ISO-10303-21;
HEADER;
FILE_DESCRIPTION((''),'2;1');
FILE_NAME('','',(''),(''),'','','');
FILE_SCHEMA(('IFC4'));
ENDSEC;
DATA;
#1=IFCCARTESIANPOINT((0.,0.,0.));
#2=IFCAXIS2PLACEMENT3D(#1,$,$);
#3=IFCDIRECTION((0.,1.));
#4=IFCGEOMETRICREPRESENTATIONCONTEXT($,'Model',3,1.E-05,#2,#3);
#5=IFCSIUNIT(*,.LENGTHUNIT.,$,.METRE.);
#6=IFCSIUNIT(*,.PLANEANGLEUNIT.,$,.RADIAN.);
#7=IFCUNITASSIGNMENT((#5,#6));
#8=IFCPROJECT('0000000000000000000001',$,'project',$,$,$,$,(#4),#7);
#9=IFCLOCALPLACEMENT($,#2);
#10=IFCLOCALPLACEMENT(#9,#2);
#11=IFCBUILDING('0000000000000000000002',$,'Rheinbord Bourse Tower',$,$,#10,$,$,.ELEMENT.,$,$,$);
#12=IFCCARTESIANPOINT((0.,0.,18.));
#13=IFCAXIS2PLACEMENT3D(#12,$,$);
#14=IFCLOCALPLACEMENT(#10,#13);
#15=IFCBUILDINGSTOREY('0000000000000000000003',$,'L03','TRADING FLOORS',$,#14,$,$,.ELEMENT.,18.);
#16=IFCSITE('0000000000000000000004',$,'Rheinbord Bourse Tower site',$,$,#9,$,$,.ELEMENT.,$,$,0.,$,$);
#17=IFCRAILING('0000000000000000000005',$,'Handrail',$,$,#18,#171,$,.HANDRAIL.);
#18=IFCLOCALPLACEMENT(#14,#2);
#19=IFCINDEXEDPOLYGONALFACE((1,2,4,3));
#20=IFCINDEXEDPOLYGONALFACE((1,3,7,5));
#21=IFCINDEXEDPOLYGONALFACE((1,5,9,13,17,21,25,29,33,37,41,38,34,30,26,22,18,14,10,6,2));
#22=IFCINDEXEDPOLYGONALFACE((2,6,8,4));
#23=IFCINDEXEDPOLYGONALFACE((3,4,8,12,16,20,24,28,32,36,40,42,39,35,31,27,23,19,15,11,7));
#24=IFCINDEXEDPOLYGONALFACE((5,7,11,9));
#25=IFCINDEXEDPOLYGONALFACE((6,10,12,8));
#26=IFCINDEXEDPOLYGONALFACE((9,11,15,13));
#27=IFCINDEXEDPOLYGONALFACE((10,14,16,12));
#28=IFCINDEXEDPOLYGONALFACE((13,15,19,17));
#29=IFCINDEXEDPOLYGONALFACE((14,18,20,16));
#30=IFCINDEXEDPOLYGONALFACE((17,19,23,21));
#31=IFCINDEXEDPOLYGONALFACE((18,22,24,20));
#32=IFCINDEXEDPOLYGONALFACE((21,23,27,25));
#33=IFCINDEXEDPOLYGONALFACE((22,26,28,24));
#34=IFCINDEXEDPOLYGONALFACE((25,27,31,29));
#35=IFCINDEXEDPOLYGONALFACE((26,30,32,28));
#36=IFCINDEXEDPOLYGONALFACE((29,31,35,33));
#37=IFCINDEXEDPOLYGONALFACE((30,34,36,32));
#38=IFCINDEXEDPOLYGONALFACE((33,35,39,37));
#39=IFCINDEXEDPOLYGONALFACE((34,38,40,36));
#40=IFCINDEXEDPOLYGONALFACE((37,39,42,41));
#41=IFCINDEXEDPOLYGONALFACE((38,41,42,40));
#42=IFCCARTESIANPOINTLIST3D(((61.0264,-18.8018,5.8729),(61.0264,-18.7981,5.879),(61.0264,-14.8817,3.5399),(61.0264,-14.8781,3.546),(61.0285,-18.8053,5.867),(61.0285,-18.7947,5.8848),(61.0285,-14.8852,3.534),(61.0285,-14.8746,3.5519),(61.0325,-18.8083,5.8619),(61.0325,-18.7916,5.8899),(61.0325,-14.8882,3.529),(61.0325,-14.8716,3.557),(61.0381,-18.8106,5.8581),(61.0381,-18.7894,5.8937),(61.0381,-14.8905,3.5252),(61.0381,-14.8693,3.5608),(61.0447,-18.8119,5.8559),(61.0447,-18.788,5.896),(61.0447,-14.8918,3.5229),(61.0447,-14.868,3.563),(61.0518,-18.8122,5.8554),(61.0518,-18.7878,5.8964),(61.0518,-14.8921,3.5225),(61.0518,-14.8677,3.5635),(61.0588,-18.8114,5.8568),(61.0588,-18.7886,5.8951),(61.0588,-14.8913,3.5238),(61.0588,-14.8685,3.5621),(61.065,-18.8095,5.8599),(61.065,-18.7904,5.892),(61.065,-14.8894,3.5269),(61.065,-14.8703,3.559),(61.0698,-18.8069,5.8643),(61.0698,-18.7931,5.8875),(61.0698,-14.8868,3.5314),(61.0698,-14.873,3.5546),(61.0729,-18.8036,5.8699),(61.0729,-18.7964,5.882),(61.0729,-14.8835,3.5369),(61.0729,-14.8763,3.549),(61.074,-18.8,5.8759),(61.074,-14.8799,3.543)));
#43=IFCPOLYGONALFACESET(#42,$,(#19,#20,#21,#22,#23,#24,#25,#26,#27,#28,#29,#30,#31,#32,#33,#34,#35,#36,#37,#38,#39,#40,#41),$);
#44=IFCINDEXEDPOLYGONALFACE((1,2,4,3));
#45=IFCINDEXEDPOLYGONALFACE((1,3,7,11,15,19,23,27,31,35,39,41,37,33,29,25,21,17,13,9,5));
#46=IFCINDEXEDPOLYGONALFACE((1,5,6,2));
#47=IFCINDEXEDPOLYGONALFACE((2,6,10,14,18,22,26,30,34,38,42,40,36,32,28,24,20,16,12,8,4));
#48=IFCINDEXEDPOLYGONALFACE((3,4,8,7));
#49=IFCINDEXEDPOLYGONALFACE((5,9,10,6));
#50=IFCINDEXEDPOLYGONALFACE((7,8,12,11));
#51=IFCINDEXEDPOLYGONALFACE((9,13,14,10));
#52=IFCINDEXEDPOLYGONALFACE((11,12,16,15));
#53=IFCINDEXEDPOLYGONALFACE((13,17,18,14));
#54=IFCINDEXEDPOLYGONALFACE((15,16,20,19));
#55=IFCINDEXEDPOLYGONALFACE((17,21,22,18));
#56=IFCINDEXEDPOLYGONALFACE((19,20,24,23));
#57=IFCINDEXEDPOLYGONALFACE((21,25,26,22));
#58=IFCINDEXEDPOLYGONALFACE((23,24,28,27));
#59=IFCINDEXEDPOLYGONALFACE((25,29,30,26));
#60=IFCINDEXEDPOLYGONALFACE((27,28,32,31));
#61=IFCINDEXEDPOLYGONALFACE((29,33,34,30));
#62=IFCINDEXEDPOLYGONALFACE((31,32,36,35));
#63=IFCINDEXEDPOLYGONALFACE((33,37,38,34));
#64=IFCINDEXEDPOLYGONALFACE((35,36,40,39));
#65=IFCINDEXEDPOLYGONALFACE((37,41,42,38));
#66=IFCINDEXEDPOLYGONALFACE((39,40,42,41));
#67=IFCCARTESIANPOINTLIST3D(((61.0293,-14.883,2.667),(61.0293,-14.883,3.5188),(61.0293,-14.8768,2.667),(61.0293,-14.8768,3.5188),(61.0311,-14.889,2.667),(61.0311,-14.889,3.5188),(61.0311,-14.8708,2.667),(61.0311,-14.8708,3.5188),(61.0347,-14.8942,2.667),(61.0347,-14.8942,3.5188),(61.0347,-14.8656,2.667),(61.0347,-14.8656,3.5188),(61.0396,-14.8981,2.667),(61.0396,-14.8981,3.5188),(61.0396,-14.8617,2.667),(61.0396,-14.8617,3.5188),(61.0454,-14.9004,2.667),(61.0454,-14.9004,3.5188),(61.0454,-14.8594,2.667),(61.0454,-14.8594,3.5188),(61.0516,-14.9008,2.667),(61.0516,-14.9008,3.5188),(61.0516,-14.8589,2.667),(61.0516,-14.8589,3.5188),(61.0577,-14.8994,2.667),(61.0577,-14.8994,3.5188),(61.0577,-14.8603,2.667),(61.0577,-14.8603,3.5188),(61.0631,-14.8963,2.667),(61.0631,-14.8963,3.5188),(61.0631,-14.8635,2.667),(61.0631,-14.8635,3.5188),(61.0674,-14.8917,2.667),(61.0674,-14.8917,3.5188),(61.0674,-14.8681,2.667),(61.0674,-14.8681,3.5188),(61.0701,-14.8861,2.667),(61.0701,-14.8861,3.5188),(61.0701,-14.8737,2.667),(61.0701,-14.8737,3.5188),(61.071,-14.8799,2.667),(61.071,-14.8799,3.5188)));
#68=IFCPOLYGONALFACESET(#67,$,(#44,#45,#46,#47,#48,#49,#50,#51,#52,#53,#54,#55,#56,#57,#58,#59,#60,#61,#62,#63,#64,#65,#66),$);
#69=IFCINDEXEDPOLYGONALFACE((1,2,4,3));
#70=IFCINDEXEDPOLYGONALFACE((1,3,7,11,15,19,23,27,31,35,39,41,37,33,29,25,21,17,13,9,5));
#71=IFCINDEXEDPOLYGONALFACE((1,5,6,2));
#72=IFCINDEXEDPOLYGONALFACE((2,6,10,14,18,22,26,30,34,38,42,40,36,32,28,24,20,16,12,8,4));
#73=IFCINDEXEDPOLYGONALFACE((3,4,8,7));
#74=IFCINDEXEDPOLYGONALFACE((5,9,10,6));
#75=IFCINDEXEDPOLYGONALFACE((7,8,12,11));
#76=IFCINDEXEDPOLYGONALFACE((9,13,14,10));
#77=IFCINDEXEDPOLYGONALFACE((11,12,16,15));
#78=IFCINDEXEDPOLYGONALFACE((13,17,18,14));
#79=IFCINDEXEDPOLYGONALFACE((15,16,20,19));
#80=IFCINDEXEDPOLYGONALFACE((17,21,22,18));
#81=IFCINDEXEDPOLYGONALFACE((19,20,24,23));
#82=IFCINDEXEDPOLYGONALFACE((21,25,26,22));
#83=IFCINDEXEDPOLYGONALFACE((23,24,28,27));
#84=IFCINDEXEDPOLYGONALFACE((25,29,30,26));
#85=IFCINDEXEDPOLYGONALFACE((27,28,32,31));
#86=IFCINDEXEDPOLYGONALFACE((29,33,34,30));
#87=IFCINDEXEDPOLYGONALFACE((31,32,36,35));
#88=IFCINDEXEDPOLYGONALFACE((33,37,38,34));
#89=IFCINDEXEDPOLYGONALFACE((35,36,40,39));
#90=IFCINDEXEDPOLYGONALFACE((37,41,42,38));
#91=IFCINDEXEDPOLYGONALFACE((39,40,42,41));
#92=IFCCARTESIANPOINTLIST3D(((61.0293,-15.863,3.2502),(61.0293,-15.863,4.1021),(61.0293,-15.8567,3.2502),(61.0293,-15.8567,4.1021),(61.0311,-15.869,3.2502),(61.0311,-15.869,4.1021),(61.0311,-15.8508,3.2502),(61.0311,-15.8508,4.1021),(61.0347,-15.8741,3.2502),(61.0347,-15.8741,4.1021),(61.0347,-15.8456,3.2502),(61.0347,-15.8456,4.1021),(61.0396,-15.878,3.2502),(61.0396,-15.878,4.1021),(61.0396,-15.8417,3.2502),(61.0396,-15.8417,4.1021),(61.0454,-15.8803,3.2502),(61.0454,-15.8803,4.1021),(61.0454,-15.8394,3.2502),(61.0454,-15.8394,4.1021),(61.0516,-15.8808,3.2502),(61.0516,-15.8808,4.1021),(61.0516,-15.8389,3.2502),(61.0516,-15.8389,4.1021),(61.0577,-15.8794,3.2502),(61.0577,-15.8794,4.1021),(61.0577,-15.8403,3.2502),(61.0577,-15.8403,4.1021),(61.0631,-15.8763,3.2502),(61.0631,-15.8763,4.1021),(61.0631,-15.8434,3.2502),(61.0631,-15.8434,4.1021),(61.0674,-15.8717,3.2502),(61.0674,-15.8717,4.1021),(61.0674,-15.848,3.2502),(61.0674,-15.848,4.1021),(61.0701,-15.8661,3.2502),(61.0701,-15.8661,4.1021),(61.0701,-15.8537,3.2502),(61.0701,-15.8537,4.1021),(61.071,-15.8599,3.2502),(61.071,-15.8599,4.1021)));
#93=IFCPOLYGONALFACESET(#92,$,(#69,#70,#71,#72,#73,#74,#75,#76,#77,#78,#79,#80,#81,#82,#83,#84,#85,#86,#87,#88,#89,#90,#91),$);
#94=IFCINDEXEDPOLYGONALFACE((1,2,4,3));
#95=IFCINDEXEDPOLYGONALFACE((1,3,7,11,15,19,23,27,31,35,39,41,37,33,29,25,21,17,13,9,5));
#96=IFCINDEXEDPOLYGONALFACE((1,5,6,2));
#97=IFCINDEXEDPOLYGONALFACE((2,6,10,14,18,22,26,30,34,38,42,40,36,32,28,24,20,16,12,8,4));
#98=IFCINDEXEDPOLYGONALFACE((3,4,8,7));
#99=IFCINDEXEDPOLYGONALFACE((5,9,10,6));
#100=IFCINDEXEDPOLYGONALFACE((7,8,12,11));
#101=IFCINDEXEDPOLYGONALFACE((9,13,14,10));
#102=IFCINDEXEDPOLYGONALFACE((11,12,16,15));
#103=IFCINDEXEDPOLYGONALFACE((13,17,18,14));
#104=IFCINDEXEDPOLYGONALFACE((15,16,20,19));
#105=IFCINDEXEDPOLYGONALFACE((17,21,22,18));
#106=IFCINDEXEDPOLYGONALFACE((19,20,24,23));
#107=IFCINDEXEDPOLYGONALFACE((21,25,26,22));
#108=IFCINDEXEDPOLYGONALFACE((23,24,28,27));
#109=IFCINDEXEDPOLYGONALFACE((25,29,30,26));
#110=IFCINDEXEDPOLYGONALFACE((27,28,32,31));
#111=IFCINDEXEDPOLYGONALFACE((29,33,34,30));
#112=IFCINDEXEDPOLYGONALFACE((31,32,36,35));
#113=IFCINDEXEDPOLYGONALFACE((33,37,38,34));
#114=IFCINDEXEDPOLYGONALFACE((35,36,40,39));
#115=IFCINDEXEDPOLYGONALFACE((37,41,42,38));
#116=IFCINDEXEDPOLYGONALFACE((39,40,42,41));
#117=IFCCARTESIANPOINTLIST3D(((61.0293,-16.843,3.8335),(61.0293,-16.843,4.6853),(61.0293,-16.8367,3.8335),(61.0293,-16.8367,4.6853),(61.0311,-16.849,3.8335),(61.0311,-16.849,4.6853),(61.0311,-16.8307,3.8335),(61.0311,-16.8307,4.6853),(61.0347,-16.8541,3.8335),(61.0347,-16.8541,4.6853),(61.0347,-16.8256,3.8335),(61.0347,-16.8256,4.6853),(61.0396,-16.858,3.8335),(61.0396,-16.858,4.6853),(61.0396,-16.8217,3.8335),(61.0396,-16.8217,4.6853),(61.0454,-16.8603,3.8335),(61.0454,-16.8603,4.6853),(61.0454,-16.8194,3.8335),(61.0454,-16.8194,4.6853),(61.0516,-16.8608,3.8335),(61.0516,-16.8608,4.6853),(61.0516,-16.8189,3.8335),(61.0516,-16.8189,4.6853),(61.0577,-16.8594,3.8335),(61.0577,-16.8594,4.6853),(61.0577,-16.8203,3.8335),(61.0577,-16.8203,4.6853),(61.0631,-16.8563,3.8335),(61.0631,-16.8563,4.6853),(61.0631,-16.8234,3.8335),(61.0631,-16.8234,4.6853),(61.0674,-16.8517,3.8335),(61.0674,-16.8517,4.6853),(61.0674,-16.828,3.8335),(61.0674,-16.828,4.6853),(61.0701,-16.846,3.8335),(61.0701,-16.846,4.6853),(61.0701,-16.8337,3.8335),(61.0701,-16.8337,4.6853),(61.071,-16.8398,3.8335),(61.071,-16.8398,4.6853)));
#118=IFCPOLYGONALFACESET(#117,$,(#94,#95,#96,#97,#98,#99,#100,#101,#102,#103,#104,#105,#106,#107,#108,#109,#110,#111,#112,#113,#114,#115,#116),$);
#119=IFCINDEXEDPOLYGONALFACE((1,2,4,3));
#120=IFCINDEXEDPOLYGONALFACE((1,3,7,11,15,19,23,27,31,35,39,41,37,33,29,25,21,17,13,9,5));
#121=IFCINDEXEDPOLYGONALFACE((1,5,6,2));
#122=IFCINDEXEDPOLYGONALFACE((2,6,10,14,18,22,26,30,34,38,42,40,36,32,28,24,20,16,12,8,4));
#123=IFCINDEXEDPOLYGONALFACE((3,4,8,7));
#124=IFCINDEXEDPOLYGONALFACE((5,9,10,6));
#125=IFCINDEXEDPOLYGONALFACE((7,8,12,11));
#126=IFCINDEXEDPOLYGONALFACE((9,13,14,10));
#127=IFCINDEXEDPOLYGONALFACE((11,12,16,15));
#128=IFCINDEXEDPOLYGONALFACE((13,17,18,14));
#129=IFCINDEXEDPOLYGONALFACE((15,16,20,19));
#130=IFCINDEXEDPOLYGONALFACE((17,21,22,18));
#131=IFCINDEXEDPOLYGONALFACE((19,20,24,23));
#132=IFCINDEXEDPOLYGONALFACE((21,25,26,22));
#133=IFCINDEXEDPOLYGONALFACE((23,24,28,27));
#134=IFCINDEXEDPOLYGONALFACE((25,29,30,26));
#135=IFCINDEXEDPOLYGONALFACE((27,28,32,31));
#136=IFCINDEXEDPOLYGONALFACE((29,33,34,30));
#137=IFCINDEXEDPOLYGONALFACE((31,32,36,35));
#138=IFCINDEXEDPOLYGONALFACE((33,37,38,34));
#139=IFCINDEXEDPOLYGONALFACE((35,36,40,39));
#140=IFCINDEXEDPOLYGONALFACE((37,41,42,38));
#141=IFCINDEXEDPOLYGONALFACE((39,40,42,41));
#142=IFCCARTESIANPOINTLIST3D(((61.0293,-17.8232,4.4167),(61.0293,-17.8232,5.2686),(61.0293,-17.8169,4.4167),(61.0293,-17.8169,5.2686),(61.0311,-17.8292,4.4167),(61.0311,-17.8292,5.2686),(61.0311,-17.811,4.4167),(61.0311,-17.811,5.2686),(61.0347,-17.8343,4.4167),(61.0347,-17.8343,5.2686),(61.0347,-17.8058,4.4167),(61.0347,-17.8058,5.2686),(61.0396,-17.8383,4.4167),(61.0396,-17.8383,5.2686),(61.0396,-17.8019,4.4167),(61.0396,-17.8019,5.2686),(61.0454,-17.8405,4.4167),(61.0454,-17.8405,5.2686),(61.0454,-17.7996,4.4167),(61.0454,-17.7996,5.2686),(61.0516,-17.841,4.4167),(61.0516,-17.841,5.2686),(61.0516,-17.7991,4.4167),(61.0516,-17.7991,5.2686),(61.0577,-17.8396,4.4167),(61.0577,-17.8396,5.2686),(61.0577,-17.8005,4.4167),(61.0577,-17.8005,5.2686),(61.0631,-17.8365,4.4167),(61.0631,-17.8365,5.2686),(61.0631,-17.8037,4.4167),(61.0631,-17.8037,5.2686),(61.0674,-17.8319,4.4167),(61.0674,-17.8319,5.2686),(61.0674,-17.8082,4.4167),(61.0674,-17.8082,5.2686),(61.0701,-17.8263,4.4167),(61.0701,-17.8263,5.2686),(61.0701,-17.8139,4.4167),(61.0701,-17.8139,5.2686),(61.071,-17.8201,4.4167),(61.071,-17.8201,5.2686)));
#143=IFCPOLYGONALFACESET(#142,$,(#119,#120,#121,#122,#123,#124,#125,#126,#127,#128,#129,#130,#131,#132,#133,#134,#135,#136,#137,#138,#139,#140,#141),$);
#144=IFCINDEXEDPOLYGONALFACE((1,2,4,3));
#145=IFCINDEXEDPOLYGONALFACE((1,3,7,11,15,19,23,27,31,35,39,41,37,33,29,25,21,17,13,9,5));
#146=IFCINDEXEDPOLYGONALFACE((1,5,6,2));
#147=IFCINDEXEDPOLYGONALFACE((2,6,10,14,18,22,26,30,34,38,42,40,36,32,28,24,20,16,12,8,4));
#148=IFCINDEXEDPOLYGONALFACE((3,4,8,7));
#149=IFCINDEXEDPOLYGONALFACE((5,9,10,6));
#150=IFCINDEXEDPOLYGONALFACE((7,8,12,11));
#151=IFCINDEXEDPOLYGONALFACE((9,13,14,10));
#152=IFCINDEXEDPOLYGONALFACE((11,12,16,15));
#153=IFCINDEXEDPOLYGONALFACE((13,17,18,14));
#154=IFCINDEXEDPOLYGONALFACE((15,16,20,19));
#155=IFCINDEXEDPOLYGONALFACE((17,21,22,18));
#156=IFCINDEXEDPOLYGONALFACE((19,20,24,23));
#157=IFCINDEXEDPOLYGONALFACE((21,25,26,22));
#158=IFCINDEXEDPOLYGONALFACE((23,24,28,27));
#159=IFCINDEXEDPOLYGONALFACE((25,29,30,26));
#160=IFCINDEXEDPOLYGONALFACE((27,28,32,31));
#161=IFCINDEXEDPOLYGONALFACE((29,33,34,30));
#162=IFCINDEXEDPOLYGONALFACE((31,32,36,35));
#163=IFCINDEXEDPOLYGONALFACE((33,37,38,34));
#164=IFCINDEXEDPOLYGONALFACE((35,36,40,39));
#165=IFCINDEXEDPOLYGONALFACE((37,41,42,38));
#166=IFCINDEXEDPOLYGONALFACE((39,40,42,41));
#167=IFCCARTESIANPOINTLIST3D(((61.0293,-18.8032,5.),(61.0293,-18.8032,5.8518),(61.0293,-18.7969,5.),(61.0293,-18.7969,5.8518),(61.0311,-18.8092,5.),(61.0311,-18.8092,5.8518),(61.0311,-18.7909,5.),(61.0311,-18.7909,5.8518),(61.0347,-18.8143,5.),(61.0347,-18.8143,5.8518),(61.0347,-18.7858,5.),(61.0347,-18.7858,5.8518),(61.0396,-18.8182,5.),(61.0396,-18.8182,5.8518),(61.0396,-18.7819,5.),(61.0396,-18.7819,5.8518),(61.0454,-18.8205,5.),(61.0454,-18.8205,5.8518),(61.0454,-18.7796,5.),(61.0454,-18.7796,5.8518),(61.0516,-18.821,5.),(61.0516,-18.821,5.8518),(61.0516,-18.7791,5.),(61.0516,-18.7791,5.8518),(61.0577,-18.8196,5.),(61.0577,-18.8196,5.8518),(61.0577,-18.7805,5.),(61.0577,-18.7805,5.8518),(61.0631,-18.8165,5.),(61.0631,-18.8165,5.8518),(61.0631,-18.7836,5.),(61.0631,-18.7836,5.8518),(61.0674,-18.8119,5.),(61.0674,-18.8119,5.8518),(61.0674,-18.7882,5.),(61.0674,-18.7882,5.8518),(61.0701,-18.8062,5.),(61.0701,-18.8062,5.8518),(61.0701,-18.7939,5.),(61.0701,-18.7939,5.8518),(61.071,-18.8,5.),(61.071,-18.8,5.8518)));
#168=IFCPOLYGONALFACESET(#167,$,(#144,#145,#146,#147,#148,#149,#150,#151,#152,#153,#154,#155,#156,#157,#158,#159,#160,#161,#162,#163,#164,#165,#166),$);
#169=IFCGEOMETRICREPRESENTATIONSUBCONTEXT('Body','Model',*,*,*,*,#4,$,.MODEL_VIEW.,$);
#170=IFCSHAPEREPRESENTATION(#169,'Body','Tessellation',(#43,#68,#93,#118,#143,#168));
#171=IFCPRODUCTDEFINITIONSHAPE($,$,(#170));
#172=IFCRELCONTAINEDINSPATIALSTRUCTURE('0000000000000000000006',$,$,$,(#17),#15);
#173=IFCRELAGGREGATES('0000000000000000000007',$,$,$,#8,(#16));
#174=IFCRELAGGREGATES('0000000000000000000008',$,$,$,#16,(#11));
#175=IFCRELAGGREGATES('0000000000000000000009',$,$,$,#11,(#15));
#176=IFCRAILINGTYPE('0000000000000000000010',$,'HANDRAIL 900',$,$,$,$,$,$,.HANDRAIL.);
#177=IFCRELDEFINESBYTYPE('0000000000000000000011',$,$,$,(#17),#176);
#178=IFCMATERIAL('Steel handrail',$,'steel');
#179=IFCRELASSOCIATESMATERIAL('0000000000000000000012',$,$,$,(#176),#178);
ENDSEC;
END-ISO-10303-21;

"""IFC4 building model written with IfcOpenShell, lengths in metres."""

from ifc_helpers import new_model, si_unit, direction, frame, origin, origin_2d, place, context, subcontext, project, spatial, circle, extrude, material, type_object, element, save


model = new_model("IFC4")

# Units and contexts
model_context = context("Model", 3, precision=1e-05, world=origin(), true_north=direction((0.0, 1.0)))
body_context = subcontext(model_context, "Body", "Model", "MODEL_VIEW")
ifc_project = project(units=[si_unit("LENGTHUNIT", "METRE"), si_unit("PLANEANGLEUNIT", "RADIAN")], contexts=[model_context])

# Site, building, storey
site_placement = place(None, origin())
site = spatial("IfcSite", under=ifc_project, at=site_placement, Name="Rheinbord Bourse Tower site", CompositionType="ELEMENT", RefElevation=0.0)
building_placement = place(site_placement, origin())
building = spatial("IfcBuilding", under=site, at=building_placement, Name="Rheinbord Bourse Tower", CompositionType="ELEMENT")
storey_placement = place(building_placement, frame((0.0, 0.0, 18.0)))
storey = spatial("IfcBuildingStorey", under=building, at=storey_placement, Name="L03", Description="TRADING FLOORS", CompositionType="ELEMENT", Elevation=18.0)

# Railing
ifc_material_1 = material(Name="Steel handrail", Category="steel")
railing_type = type_object("IfcRailingType", Name="HANDRAIL 900", PredefinedType="HANDRAIL", material=ifc_material_1)
railing_1_placement = place(storey_placement, frame((61.05, -14.8799, 2.667)))
element("IfcRailing", 1, at=railing_1_placement, inside=storey, type_object=railing_type, Name="Handrail", PredefinedType="HANDRAIL", context=body_context, shape_type="SweptSolid", body=[
    extrude(circle(Radius=0.0239, at=origin_2d()), frame((0.0, 0.0, 0.876), z_axis=(0.0, -0.859334, 0.511415), x_axis=(1.0, 0.0, 0.0)), (0.0, 0.0, 1.0), 4.5618),
    extrude(circle(Radius=0.021, at=origin_2d()), origin(), (0.0, 0.0, 1.0), 0.8518),
    extrude(circle(Radius=0.021, at=origin_2d()), frame((0.0, -0.98, 0.5833)), (0.0, 0.0, 1.0), 0.8518),
    extrude(circle(Radius=0.021, at=origin_2d()), frame((0.0, -1.96, 1.1665)), (0.0, 0.0, 1.0), 0.8518),
    extrude(circle(Radius=0.021, at=origin_2d()), frame((0.0, -2.9402, 1.7498)), (0.0, 0.0, 1.0), 0.8518),
    extrude(circle(Radius=0.021, at=origin_2d()), frame((0.0, -3.9202, 2.333)), (0.0, 0.0, 1.0), 0.8518),
])

save(model, "model.ifc")
